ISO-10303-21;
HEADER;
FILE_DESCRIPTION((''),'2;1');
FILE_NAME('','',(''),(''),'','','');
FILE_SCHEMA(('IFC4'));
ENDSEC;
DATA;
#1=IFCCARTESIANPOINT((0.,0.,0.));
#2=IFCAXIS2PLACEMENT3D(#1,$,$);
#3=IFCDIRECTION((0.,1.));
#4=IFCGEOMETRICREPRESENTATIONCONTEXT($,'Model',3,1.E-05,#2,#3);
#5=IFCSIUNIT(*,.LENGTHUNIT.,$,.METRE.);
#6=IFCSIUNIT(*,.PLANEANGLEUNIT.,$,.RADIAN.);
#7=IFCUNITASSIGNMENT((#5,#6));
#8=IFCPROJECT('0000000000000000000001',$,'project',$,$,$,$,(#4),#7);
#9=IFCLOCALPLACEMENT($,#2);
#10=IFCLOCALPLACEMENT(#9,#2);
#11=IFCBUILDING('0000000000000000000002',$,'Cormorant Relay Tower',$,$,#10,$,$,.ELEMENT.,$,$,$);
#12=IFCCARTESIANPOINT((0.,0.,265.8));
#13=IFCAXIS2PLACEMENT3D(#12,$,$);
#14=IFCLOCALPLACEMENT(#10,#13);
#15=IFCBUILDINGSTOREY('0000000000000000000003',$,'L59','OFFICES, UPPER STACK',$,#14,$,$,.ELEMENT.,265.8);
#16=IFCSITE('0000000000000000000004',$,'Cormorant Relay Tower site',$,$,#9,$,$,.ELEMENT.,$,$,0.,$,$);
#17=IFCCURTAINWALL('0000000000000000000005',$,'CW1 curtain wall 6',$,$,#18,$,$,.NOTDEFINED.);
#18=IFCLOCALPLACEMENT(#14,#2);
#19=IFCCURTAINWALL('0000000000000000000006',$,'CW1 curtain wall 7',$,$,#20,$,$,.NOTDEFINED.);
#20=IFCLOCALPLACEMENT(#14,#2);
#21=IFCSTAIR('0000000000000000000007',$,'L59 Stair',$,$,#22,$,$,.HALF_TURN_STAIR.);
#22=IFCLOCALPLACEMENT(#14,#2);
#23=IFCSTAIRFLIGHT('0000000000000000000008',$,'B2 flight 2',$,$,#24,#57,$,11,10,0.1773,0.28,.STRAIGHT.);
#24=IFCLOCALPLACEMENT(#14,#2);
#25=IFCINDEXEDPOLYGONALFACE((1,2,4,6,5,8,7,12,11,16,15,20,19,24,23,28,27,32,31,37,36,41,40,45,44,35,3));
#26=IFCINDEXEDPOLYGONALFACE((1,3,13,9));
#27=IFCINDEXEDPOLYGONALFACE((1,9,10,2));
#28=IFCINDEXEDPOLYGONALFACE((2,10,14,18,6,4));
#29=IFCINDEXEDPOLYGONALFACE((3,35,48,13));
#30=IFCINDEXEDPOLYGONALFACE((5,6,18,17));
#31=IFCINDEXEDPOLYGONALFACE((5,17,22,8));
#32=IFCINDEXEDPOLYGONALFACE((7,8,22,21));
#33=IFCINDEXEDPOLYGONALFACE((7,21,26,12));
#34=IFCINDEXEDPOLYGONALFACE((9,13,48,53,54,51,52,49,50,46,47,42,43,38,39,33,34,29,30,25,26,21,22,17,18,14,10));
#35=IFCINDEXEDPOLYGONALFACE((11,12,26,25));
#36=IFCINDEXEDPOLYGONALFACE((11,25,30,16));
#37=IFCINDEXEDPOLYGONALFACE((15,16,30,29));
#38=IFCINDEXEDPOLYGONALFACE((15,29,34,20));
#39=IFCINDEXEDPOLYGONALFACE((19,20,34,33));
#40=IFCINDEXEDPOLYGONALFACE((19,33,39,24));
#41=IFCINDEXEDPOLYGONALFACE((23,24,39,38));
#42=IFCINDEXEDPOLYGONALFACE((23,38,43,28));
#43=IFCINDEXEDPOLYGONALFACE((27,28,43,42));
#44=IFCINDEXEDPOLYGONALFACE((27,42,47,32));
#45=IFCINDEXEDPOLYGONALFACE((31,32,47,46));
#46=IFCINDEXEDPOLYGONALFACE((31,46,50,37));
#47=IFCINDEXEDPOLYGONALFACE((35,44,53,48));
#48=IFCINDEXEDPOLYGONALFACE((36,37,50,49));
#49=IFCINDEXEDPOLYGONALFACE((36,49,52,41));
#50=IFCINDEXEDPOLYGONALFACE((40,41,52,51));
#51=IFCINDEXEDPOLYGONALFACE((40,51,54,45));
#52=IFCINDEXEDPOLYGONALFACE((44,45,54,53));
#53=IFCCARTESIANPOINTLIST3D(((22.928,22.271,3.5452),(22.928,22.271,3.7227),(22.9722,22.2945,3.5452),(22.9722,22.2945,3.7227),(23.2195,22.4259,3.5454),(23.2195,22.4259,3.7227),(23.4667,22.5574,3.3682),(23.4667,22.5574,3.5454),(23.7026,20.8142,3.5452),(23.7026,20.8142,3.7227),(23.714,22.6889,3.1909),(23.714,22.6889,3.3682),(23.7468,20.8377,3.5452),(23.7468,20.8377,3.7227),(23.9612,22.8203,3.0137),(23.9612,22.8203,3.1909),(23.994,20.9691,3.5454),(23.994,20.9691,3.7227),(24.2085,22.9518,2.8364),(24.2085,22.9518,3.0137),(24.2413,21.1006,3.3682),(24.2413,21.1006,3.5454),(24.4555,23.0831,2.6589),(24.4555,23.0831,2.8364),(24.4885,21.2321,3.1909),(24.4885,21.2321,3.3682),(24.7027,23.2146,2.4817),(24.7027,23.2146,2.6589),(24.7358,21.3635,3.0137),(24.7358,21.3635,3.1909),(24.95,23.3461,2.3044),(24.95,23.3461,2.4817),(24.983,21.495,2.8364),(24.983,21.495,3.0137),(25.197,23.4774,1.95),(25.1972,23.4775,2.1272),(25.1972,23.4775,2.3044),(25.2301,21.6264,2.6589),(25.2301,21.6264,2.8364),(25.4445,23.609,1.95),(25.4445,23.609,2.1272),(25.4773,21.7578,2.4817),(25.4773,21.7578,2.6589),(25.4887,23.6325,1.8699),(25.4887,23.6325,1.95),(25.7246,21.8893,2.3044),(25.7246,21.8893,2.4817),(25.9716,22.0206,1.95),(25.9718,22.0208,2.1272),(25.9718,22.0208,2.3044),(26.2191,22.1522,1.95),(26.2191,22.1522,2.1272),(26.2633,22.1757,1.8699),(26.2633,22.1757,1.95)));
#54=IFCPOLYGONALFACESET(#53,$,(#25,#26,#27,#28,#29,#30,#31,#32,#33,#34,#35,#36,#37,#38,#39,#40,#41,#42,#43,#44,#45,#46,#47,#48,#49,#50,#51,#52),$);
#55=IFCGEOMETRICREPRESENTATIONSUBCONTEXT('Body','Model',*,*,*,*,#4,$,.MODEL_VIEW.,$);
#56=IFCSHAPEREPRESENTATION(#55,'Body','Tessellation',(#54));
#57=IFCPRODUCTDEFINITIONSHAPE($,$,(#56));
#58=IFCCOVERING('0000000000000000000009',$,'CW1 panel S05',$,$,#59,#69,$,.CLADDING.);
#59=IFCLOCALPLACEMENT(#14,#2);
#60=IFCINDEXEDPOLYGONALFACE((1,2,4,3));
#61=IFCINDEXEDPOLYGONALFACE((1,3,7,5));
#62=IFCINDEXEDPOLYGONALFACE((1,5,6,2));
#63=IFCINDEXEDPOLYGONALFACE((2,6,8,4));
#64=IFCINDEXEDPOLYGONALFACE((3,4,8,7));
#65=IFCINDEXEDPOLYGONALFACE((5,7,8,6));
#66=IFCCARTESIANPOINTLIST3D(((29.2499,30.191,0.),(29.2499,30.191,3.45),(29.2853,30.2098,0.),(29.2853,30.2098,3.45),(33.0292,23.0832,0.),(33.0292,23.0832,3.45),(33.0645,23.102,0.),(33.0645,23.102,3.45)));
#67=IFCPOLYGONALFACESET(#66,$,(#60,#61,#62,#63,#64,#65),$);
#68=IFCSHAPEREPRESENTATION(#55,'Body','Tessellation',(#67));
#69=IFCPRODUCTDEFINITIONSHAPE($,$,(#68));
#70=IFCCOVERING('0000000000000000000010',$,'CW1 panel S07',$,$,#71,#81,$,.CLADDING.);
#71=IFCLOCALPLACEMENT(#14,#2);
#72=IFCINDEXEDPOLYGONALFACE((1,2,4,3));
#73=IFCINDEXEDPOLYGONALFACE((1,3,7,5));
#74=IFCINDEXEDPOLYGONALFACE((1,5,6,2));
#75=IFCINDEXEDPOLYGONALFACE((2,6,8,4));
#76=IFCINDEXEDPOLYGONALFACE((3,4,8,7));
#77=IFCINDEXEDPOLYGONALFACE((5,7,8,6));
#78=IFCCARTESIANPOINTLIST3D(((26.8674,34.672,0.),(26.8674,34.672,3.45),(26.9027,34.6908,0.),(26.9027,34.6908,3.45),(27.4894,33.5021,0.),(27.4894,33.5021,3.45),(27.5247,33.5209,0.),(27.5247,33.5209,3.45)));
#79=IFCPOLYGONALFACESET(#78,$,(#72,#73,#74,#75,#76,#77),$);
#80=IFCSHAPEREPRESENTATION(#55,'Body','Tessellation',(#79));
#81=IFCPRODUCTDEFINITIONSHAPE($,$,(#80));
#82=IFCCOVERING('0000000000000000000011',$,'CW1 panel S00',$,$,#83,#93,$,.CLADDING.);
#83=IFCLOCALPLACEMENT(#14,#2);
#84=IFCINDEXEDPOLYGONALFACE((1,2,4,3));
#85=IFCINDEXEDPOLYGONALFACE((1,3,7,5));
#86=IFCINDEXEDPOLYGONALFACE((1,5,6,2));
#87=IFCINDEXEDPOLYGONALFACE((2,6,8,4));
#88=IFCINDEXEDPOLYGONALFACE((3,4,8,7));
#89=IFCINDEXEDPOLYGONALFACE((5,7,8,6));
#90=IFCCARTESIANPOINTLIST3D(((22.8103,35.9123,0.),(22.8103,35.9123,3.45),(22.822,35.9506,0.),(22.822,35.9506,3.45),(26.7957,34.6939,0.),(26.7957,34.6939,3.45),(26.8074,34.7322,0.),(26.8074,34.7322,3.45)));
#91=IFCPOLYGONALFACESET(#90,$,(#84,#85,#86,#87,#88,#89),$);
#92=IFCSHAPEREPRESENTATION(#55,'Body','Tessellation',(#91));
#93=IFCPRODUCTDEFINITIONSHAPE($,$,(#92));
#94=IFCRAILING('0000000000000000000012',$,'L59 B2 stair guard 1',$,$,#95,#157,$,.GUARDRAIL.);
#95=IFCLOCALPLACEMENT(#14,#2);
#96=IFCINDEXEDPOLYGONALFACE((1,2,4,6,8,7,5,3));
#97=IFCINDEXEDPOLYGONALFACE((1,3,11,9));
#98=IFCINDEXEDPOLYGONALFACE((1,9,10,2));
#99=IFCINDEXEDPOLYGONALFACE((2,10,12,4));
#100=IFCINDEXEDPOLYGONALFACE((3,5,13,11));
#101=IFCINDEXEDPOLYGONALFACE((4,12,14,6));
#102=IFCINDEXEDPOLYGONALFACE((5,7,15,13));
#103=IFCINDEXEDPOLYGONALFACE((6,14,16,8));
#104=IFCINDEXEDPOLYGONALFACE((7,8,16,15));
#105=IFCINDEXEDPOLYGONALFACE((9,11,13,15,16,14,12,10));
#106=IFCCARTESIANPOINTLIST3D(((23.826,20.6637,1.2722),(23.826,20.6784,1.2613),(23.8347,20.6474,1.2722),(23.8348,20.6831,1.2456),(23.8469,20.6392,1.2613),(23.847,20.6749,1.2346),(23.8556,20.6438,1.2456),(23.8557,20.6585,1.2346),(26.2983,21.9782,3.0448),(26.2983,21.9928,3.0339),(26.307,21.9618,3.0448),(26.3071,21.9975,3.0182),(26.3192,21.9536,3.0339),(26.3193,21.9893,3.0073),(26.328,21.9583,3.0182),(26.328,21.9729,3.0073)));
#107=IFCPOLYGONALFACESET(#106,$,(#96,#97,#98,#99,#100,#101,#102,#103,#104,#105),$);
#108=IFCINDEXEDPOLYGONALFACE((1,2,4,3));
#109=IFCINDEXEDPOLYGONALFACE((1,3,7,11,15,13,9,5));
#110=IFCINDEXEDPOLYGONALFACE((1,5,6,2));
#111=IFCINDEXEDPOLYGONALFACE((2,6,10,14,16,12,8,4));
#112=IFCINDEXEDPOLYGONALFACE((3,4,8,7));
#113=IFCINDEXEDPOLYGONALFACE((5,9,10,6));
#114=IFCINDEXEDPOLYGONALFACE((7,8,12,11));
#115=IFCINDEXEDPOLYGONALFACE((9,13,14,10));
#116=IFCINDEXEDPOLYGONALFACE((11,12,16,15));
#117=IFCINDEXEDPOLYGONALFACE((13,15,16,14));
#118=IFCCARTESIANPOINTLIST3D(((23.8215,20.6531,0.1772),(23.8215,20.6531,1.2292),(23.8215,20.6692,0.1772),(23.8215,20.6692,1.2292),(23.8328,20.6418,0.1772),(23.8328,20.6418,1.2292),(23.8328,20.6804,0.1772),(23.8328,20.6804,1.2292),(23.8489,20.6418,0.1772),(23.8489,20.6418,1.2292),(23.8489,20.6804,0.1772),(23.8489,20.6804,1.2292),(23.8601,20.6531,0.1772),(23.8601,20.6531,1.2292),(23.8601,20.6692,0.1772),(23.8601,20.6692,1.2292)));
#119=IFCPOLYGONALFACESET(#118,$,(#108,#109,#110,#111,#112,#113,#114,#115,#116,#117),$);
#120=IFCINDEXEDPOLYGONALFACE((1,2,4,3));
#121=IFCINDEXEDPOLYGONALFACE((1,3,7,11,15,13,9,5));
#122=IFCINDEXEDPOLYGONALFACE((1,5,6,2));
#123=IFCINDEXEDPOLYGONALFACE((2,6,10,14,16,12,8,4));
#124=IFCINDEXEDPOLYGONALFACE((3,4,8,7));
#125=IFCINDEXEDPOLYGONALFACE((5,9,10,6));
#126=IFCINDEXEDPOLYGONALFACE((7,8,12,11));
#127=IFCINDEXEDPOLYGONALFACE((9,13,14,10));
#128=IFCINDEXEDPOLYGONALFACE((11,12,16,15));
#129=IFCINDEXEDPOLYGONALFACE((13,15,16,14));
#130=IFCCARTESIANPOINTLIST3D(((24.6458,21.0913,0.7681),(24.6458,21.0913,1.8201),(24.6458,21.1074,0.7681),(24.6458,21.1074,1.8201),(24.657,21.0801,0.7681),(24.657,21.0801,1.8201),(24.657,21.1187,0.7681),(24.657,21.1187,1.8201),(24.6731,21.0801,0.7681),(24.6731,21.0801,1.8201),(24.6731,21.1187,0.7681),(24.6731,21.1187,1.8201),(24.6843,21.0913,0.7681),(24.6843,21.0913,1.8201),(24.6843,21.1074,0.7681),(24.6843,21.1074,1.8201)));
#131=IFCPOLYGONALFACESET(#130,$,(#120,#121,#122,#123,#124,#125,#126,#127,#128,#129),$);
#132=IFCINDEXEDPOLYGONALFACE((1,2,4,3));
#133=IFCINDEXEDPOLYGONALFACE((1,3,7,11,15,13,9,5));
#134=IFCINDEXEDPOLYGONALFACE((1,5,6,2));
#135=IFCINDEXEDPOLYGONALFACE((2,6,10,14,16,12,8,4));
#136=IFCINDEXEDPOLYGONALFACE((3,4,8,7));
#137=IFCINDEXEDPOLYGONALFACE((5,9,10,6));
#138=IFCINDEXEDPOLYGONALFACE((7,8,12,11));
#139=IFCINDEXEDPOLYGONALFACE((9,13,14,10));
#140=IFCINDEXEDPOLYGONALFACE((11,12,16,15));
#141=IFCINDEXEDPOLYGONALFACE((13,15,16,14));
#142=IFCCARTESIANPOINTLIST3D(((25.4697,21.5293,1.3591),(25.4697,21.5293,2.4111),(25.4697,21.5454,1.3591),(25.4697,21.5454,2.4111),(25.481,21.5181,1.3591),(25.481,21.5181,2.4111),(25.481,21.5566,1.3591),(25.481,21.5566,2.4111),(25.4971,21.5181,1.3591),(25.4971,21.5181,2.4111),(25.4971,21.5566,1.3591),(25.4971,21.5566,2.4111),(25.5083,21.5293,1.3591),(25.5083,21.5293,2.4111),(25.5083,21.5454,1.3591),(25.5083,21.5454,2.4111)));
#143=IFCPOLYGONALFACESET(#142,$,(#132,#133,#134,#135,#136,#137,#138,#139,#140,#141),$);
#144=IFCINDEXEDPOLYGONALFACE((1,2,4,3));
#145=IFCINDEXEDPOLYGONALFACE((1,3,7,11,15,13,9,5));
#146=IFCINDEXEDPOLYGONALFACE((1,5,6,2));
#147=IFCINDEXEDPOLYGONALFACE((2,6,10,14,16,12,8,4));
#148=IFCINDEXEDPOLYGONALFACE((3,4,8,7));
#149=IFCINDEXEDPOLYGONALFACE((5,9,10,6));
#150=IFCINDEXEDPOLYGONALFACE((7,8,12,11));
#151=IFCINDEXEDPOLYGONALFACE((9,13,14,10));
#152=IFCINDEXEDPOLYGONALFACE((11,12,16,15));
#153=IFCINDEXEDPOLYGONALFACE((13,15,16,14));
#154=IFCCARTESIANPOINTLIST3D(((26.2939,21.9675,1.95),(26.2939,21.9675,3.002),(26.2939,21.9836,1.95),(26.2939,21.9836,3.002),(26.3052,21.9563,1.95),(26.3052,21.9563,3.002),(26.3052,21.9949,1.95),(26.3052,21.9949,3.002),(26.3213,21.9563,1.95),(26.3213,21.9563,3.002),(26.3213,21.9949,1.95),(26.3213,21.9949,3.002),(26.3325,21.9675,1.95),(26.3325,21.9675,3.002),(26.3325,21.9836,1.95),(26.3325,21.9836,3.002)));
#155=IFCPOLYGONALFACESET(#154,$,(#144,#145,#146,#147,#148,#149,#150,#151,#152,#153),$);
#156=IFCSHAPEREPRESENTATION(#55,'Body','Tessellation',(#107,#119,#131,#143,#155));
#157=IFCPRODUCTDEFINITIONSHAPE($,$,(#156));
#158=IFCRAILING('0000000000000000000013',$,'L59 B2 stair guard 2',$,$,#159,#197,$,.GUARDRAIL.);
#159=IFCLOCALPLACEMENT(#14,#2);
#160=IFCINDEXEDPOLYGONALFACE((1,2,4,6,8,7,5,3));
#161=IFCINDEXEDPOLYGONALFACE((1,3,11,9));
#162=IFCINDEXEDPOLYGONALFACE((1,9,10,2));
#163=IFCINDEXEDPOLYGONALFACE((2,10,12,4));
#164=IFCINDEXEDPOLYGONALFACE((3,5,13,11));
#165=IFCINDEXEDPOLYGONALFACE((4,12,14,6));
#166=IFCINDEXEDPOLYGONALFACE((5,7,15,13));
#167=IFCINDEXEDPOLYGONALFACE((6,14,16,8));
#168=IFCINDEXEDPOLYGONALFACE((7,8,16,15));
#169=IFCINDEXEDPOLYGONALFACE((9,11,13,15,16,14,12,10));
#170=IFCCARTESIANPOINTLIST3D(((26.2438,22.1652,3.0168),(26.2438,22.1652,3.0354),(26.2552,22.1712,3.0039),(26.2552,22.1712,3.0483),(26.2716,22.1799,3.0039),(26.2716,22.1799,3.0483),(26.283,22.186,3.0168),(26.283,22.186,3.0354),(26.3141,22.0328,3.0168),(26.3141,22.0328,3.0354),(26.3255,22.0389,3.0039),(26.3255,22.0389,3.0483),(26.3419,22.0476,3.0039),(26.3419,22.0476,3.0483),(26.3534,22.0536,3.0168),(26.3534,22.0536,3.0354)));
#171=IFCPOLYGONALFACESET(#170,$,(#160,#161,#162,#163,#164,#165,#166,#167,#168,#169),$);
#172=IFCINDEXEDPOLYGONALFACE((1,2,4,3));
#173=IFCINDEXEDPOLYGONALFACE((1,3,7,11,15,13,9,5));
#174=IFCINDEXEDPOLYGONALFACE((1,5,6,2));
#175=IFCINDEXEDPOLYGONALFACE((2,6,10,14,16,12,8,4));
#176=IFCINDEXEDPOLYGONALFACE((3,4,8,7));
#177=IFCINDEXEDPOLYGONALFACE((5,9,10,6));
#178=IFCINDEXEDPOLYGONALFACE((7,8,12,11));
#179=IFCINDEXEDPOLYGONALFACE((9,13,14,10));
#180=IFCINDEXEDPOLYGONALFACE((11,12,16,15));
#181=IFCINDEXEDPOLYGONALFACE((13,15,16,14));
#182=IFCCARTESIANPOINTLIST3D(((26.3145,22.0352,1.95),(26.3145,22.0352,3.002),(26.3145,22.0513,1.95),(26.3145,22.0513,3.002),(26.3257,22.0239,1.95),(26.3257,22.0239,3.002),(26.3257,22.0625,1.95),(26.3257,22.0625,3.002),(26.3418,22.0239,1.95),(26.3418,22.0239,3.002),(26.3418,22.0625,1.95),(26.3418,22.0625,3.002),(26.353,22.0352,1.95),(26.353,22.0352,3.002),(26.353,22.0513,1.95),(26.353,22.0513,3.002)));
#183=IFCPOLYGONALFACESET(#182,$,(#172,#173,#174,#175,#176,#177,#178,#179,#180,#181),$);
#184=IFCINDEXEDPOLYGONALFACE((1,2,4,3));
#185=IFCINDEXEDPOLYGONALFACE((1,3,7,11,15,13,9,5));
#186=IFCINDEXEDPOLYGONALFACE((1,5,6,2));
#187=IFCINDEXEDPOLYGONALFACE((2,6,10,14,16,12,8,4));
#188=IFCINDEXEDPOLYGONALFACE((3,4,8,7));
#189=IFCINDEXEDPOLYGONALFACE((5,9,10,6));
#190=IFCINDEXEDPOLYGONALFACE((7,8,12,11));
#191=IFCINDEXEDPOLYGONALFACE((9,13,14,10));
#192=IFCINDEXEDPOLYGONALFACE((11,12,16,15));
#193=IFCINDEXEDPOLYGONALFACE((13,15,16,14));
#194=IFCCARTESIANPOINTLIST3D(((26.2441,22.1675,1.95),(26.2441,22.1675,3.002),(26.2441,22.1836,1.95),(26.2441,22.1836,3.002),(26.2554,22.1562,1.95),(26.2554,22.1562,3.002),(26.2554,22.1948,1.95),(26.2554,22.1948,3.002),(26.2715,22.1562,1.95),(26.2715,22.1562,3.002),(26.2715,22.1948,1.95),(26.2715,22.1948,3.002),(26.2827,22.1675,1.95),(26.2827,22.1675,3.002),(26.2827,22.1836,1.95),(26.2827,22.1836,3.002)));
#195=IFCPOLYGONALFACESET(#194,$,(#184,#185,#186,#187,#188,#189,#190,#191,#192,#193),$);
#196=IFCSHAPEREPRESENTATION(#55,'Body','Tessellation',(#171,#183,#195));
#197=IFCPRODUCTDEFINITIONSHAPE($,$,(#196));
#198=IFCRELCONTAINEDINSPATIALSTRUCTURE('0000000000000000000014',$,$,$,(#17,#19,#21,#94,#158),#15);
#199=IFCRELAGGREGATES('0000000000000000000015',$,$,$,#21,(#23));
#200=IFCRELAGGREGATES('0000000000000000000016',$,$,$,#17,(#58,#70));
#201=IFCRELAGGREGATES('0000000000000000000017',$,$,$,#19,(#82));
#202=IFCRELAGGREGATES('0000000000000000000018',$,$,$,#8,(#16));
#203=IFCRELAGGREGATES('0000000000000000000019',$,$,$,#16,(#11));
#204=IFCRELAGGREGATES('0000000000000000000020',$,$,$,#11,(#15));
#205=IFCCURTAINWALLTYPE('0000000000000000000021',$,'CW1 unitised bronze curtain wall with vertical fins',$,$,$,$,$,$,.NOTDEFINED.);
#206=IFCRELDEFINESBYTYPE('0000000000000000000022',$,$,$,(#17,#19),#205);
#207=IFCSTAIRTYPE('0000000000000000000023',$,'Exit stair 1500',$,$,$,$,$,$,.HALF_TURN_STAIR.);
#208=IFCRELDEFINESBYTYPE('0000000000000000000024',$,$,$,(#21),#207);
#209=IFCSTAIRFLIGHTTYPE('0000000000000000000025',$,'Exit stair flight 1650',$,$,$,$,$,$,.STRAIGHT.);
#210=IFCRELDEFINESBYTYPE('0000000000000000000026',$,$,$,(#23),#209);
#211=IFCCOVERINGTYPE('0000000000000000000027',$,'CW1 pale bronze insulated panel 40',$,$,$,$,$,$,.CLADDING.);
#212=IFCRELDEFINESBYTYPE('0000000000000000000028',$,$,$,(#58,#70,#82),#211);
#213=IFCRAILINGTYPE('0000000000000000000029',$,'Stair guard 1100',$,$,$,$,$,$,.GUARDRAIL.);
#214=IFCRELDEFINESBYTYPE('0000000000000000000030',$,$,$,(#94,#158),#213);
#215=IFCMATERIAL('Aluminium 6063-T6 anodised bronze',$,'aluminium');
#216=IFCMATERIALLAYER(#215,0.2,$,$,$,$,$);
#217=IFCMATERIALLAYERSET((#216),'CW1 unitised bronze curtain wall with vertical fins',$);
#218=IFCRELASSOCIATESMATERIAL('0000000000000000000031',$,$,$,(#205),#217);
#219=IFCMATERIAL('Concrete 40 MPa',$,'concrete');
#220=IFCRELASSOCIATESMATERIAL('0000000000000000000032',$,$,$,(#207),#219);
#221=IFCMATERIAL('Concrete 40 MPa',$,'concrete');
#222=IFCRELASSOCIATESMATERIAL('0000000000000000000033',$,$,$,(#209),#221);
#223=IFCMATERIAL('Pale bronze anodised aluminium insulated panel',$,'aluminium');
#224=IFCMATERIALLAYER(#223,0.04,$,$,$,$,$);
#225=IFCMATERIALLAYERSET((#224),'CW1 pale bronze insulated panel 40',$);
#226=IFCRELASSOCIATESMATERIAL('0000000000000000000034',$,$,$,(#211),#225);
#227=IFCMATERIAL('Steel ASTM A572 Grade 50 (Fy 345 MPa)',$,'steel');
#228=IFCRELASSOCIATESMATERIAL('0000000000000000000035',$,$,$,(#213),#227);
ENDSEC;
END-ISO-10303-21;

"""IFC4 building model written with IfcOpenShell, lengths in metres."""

from ifc_helpers import new_model, si_unit, direction, frame, origin, origin_2d, place, context, subcontext, project, spatial, polyline, rectangle, outline, extrude, material, layer, layer_set, type_object, element, aggregate, save


model = new_model("IFC4")

# Units and contexts
model_context = context("Model", 3, precision=1e-05, world=origin(), true_north=direction((0.0, 1.0)))
body_context = subcontext(model_context, "Body", "Model", "MODEL_VIEW")
ifc_project = project(units=[si_unit("LENGTHUNIT", "METRE"), si_unit("PLANEANGLEUNIT", "RADIAN")], contexts=[model_context])

# Site, building, storey
site_placement = place(None, origin())
site = spatial("IfcSite", under=ifc_project, at=site_placement, Name="Cormorant Relay Tower site", CompositionType="ELEMENT", RefElevation=0.0)
building_placement = place(site_placement, origin())
building = spatial("IfcBuilding", under=site, at=building_placement, Name="Cormorant Relay Tower", CompositionType="ELEMENT")
storey_placement = place(building_placement, frame((0.0, 0.0, 265.8)))
storey = spatial("IfcBuildingStorey", under=building, at=storey_placement, Name="L59", Description="OFFICES, UPPER STACK", CompositionType="ELEMENT", Elevation=265.8)

# Curtain walls
ifc_material_1 = material(Name="Aluminium 6063-T6 anodised bronze", Category="aluminium")
ifc_layer_1 = layer(ifc_material_1, 0.2)
ifc_layer_set_1 = layer_set([ifc_layer_1], Name="CW1 unitised bronze curtain wall with vertical fins")
curtain_wall_type = type_object("IfcCurtainWallType", Name="CW1 unitised bronze curtain wall with vertical fins", PredefinedType="NOTDEFINED", material=ifc_layer_set_1)
curtain_wall_1_placement = place(storey_placement, origin())
curtain_wall_1 = element("IfcCurtainWall", 1, at=curtain_wall_1_placement, inside=storey, type_object=curtain_wall_type, Name="CW1 curtain wall 6", PredefinedType="NOTDEFINED")
curtain_wall_2_placement = place(storey_placement, origin())
curtain_wall_2 = element("IfcCurtainWall", 2, at=curtain_wall_2_placement, inside=storey, type_object=curtain_wall_type, Name="CW1 curtain wall 7", PredefinedType="NOTDEFINED")

# Stair, stair flight
ifc_material_2 = material(Name="Concrete 40 MPa", Category="concrete")
stair_type = type_object("IfcStairType", Name="Exit stair 1500", PredefinedType="HALF_TURN_STAIR", material=ifc_material_2)
stair_placement = place(storey_placement, origin())
stair = element("IfcStair", 3, at=stair_placement, inside=storey, type_object=stair_type, Name="L59 Stair", PredefinedType="HALF_TURN_STAIR")
ifc_material_3 = material(Name="Concrete 40 MPa", Category="concrete")
stair_flight_type = type_object("IfcStairFlightType", Name="Exit stair flight 1650", PredefinedType="STRAIGHT", material=ifc_material_3)
stair_flight_1_placement = place(storey_placement, frame((25.8318, 22.8806, 1.95), z_axis=(0.0, 0.0, 1.0), x_axis=(-0.882948, -0.469472, 0.0)))
stair_flight_1 = element("IfcStairFlight", 4, at=stair_flight_1_placement, type_object=stair_flight_type, Name="B2 flight 2", NumberOfRisers=11, NumberOfTreads=10, PredefinedType="STRAIGHT", RiserHeight=0.1773, TreadLength=0.28, context=body_context, shape_type="SweptSolid", body=[
    extrude(outline(polyline([(-0.05, -0.0801), (-0.05, 0.0), (0.0, 0.0), (0.0, 0.1772), (0.28, 0.1772), (0.28, 0.3545), (0.5601, 0.3545), (0.5601, 0.5317), (0.8401, 0.5317), (0.8401, 0.709), (1.1201, 0.709), (1.1201, 0.8865), (1.3999, 0.8865), (1.3999, 1.0637), (1.6799, 1.0637), (1.6799, 1.241), (1.96, 1.241), (1.96, 1.4182), (2.24, 1.4182), (2.24, 1.5955), (2.52, 1.5955), (2.52, 1.7727), (2.8, 1.7727), (2.8501, 1.7727), (2.8501, 1.5952), (2.8, 1.5952), (0.2803, 0.0), (-0.05, -0.0801)])), frame((0.0, 0.825, 0.0), z_axis=(0.0, -1.0, 0.0), x_axis=(1.0, 0.0, 0.0)), (0.0, 0.0, 1.0), 1.6499),
])
aggregate(stair, [stair_flight_1])

# Coverings
ifc_material_4 = material(Name="Pale bronze anodised aluminium insulated panel", Category="aluminium")
ifc_layer_2 = layer(ifc_material_4, 0.04)
ifc_layer_set_2 = layer_set([ifc_layer_2], Name="CW1 pale bronze insulated panel 40")
covering_type = type_object("IfcCoveringType", Name="CW1 pale bronze insulated panel 40", PredefinedType="CLADDING", material=ifc_layer_set_2)
covering_1_placement = place(storey_placement, frame((31.1572, 26.6465, 0.0), z_axis=(0.0, 0.0, 1.0), x_axis=(-0.469472, 0.882948, 0.0)))
covering_1 = element("IfcCovering", 5, at=covering_1_placement, type_object=covering_type, Name="CW1 panel S05", PredefinedType="CLADDING", context=body_context, shape_type="SweptSolid", body=[
    extrude(rectangle(XDim=8.05, YDim=0.04, at=origin_2d()), origin(), (0.0, 0.0, 1.0), 3.45),
])
covering_2_placement = place(storey_placement, frame((27.196, 34.0964, 0.0), z_axis=(0.0, 0.0, 1.0), x_axis=(-0.469472, 0.882948, 0.0)))
covering_2 = element("IfcCovering", 6, at=covering_2_placement, type_object=covering_type, Name="CW1 panel S07", PredefinedType="CLADDING", context=body_context, shape_type="SweptSolid", body=[
    extrude(rectangle(XDim=1.325, YDim=0.04, at=origin_2d()), origin(), (0.0, 0.0, 1.0), 3.45),
])
aggregate(curtain_wall_1, [covering_1, covering_2])
covering_3_placement = place(storey_placement, frame((24.8088, 35.3223, 0.0), z_axis=(0.0, 0.0, 1.0), x_axis=(-0.956305, 0.292372, 0.0)))
covering_3 = element("IfcCovering", 7, at=covering_3_placement, type_object=covering_type, Name="CW1 panel S00", PredefinedType="CLADDING", context=body_context, shape_type="SweptSolid", body=[
    extrude(rectangle(XDim=4.1675, YDim=0.04, at=origin_2d()), origin(), (0.0, 0.0, 1.0), 3.45),
])
aggregate(curtain_wall_2, [covering_3])

# Railings
ifc_material_5 = material(Name="Steel ASTM A572 Grade 50 (Fy 345 MPa)", Category="steel")
railing_type_1 = type_object("IfcRailingType", Name="Stair guard 1100", PredefinedType="GUARDRAIL", material=ifc_material_5)
railing_1_placement = place(storey_placement, frame((23.8408, 20.6611, 0.1772)))
element("IfcRailing", 8, at=railing_1_placement, inside=storey, type_object=railing_type_1, Name="L59 B2 stair guard 1", PredefinedType="GUARDRAIL", context=body_context, shape_type="SweptSolid", body=[
    extrude(outline(polyline([(0.0222, 0.0093), (0.0093, 0.0222), (-0.0093, 0.0222), (-0.0222, 0.0093), (-0.0222, -0.0093), (-0.0093, -0.0222), (0.0093, -0.0222), (0.0222, -0.0093), (0.0222, 0.0093)])), frame((0.0, 0.0, 1.0762), z_axis=(0.746034, 0.396627, 0.534902), x_axis=(-0.469429, 0.88297, 0.0)), (0.0, 0.0, 1.0), 3.314),
    extrude(outline(polyline([(0.0193, 0.0081), (0.0081, 0.0193), (-0.0081, 0.0193), (-0.0193, 0.0081), (-0.0193, -0.0081), (-0.0081, -0.0193), (0.0081, -0.0193), (0.0193, -0.0081), (0.0193, 0.0081)])), origin(), (0.0, 0.0, 1.0), 1.052),
    extrude(outline(polyline([(0.0193, 0.0081), (0.0081, 0.0193), (-0.0081, 0.0193), (-0.0193, 0.0081), (-0.0193, -0.0081), (-0.0081, -0.0193), (0.0081, -0.0193), (0.0193, -0.0081), (0.0193, 0.0081)])), frame((0.8242, 0.4382, 0.5908)), (0.0, 0.0, 1.0), 1.052),
    extrude(outline(polyline([(0.0193, 0.0081), (0.0081, 0.0193), (-0.0081, 0.0193), (-0.0193, 0.0081), (-0.0193, -0.0081), (-0.0081, -0.0193), (0.0081, -0.0193), (0.0193, -0.0081), (0.0193, 0.0081)])), frame((1.6482, 0.8762, 1.1819)), (0.0, 0.0, 1.0), 1.052),
    extrude(outline(polyline([(0.0193, 0.0081), (0.0081, 0.0193), (-0.0081, 0.0193), (-0.0193, 0.0081), (-0.0193, -0.0081), (-0.0081, -0.0193), (0.0081, -0.0193), (0.0193, -0.0081), (0.0193, 0.0081)])), frame((2.4724, 1.3145, 1.7727)), (0.0, 0.0, 1.0), 1.052),
])
railing_2_placement = place(storey_placement, frame((26.3337, 22.0432, 1.95)))
element("IfcRailing", 9, at=railing_2_placement, inside=storey, type_object=railing_type_1, Name="L59 B2 stair guard 2", PredefinedType="GUARDRAIL", context=body_context, shape_type="SweptSolid", body=[
    extrude(outline(polyline([(0.0222, 0.0093), (0.0093, 0.0222), (-0.0093, 0.0222), (-0.0222, 0.0093), (-0.0222, -0.0093), (-0.0093, -0.0222), (0.0093, -0.0222), (0.0222, -0.0093), (0.0222, 0.0093)])), frame((0.0, 0.0, 1.0762), z_axis=(-0.469235, 0.883074, 0.0), x_axis=(-0.883074, -0.469235, 0.0)), (0.0, 0.0, 1.0), 0.1499),
    extrude(outline(polyline([(0.0193, 0.0081), (0.0081, 0.0193), (-0.0081, 0.0193), (-0.0193, 0.0081), (-0.0193, -0.0081), (-0.0081, -0.0193), (0.0081, -0.0193), (0.0193, -0.0081), (0.0193, 0.0081)])), origin(), (0.0, 0.0, 1.0), 1.052),
    extrude(outline(polyline([(0.0193, 0.0081), (0.0081, 0.0193), (-0.0081, 0.0193), (-0.0193, 0.0081), (-0.0193, -0.0081), (-0.0081, -0.0193), (0.0081, -0.0193), (0.0193, -0.0081), (0.0193, 0.0081)])), frame((-0.0703, 0.1323, 0.0)), (0.0, 0.0, 1.0), 1.052),
])

save(model, "model.ifc")
